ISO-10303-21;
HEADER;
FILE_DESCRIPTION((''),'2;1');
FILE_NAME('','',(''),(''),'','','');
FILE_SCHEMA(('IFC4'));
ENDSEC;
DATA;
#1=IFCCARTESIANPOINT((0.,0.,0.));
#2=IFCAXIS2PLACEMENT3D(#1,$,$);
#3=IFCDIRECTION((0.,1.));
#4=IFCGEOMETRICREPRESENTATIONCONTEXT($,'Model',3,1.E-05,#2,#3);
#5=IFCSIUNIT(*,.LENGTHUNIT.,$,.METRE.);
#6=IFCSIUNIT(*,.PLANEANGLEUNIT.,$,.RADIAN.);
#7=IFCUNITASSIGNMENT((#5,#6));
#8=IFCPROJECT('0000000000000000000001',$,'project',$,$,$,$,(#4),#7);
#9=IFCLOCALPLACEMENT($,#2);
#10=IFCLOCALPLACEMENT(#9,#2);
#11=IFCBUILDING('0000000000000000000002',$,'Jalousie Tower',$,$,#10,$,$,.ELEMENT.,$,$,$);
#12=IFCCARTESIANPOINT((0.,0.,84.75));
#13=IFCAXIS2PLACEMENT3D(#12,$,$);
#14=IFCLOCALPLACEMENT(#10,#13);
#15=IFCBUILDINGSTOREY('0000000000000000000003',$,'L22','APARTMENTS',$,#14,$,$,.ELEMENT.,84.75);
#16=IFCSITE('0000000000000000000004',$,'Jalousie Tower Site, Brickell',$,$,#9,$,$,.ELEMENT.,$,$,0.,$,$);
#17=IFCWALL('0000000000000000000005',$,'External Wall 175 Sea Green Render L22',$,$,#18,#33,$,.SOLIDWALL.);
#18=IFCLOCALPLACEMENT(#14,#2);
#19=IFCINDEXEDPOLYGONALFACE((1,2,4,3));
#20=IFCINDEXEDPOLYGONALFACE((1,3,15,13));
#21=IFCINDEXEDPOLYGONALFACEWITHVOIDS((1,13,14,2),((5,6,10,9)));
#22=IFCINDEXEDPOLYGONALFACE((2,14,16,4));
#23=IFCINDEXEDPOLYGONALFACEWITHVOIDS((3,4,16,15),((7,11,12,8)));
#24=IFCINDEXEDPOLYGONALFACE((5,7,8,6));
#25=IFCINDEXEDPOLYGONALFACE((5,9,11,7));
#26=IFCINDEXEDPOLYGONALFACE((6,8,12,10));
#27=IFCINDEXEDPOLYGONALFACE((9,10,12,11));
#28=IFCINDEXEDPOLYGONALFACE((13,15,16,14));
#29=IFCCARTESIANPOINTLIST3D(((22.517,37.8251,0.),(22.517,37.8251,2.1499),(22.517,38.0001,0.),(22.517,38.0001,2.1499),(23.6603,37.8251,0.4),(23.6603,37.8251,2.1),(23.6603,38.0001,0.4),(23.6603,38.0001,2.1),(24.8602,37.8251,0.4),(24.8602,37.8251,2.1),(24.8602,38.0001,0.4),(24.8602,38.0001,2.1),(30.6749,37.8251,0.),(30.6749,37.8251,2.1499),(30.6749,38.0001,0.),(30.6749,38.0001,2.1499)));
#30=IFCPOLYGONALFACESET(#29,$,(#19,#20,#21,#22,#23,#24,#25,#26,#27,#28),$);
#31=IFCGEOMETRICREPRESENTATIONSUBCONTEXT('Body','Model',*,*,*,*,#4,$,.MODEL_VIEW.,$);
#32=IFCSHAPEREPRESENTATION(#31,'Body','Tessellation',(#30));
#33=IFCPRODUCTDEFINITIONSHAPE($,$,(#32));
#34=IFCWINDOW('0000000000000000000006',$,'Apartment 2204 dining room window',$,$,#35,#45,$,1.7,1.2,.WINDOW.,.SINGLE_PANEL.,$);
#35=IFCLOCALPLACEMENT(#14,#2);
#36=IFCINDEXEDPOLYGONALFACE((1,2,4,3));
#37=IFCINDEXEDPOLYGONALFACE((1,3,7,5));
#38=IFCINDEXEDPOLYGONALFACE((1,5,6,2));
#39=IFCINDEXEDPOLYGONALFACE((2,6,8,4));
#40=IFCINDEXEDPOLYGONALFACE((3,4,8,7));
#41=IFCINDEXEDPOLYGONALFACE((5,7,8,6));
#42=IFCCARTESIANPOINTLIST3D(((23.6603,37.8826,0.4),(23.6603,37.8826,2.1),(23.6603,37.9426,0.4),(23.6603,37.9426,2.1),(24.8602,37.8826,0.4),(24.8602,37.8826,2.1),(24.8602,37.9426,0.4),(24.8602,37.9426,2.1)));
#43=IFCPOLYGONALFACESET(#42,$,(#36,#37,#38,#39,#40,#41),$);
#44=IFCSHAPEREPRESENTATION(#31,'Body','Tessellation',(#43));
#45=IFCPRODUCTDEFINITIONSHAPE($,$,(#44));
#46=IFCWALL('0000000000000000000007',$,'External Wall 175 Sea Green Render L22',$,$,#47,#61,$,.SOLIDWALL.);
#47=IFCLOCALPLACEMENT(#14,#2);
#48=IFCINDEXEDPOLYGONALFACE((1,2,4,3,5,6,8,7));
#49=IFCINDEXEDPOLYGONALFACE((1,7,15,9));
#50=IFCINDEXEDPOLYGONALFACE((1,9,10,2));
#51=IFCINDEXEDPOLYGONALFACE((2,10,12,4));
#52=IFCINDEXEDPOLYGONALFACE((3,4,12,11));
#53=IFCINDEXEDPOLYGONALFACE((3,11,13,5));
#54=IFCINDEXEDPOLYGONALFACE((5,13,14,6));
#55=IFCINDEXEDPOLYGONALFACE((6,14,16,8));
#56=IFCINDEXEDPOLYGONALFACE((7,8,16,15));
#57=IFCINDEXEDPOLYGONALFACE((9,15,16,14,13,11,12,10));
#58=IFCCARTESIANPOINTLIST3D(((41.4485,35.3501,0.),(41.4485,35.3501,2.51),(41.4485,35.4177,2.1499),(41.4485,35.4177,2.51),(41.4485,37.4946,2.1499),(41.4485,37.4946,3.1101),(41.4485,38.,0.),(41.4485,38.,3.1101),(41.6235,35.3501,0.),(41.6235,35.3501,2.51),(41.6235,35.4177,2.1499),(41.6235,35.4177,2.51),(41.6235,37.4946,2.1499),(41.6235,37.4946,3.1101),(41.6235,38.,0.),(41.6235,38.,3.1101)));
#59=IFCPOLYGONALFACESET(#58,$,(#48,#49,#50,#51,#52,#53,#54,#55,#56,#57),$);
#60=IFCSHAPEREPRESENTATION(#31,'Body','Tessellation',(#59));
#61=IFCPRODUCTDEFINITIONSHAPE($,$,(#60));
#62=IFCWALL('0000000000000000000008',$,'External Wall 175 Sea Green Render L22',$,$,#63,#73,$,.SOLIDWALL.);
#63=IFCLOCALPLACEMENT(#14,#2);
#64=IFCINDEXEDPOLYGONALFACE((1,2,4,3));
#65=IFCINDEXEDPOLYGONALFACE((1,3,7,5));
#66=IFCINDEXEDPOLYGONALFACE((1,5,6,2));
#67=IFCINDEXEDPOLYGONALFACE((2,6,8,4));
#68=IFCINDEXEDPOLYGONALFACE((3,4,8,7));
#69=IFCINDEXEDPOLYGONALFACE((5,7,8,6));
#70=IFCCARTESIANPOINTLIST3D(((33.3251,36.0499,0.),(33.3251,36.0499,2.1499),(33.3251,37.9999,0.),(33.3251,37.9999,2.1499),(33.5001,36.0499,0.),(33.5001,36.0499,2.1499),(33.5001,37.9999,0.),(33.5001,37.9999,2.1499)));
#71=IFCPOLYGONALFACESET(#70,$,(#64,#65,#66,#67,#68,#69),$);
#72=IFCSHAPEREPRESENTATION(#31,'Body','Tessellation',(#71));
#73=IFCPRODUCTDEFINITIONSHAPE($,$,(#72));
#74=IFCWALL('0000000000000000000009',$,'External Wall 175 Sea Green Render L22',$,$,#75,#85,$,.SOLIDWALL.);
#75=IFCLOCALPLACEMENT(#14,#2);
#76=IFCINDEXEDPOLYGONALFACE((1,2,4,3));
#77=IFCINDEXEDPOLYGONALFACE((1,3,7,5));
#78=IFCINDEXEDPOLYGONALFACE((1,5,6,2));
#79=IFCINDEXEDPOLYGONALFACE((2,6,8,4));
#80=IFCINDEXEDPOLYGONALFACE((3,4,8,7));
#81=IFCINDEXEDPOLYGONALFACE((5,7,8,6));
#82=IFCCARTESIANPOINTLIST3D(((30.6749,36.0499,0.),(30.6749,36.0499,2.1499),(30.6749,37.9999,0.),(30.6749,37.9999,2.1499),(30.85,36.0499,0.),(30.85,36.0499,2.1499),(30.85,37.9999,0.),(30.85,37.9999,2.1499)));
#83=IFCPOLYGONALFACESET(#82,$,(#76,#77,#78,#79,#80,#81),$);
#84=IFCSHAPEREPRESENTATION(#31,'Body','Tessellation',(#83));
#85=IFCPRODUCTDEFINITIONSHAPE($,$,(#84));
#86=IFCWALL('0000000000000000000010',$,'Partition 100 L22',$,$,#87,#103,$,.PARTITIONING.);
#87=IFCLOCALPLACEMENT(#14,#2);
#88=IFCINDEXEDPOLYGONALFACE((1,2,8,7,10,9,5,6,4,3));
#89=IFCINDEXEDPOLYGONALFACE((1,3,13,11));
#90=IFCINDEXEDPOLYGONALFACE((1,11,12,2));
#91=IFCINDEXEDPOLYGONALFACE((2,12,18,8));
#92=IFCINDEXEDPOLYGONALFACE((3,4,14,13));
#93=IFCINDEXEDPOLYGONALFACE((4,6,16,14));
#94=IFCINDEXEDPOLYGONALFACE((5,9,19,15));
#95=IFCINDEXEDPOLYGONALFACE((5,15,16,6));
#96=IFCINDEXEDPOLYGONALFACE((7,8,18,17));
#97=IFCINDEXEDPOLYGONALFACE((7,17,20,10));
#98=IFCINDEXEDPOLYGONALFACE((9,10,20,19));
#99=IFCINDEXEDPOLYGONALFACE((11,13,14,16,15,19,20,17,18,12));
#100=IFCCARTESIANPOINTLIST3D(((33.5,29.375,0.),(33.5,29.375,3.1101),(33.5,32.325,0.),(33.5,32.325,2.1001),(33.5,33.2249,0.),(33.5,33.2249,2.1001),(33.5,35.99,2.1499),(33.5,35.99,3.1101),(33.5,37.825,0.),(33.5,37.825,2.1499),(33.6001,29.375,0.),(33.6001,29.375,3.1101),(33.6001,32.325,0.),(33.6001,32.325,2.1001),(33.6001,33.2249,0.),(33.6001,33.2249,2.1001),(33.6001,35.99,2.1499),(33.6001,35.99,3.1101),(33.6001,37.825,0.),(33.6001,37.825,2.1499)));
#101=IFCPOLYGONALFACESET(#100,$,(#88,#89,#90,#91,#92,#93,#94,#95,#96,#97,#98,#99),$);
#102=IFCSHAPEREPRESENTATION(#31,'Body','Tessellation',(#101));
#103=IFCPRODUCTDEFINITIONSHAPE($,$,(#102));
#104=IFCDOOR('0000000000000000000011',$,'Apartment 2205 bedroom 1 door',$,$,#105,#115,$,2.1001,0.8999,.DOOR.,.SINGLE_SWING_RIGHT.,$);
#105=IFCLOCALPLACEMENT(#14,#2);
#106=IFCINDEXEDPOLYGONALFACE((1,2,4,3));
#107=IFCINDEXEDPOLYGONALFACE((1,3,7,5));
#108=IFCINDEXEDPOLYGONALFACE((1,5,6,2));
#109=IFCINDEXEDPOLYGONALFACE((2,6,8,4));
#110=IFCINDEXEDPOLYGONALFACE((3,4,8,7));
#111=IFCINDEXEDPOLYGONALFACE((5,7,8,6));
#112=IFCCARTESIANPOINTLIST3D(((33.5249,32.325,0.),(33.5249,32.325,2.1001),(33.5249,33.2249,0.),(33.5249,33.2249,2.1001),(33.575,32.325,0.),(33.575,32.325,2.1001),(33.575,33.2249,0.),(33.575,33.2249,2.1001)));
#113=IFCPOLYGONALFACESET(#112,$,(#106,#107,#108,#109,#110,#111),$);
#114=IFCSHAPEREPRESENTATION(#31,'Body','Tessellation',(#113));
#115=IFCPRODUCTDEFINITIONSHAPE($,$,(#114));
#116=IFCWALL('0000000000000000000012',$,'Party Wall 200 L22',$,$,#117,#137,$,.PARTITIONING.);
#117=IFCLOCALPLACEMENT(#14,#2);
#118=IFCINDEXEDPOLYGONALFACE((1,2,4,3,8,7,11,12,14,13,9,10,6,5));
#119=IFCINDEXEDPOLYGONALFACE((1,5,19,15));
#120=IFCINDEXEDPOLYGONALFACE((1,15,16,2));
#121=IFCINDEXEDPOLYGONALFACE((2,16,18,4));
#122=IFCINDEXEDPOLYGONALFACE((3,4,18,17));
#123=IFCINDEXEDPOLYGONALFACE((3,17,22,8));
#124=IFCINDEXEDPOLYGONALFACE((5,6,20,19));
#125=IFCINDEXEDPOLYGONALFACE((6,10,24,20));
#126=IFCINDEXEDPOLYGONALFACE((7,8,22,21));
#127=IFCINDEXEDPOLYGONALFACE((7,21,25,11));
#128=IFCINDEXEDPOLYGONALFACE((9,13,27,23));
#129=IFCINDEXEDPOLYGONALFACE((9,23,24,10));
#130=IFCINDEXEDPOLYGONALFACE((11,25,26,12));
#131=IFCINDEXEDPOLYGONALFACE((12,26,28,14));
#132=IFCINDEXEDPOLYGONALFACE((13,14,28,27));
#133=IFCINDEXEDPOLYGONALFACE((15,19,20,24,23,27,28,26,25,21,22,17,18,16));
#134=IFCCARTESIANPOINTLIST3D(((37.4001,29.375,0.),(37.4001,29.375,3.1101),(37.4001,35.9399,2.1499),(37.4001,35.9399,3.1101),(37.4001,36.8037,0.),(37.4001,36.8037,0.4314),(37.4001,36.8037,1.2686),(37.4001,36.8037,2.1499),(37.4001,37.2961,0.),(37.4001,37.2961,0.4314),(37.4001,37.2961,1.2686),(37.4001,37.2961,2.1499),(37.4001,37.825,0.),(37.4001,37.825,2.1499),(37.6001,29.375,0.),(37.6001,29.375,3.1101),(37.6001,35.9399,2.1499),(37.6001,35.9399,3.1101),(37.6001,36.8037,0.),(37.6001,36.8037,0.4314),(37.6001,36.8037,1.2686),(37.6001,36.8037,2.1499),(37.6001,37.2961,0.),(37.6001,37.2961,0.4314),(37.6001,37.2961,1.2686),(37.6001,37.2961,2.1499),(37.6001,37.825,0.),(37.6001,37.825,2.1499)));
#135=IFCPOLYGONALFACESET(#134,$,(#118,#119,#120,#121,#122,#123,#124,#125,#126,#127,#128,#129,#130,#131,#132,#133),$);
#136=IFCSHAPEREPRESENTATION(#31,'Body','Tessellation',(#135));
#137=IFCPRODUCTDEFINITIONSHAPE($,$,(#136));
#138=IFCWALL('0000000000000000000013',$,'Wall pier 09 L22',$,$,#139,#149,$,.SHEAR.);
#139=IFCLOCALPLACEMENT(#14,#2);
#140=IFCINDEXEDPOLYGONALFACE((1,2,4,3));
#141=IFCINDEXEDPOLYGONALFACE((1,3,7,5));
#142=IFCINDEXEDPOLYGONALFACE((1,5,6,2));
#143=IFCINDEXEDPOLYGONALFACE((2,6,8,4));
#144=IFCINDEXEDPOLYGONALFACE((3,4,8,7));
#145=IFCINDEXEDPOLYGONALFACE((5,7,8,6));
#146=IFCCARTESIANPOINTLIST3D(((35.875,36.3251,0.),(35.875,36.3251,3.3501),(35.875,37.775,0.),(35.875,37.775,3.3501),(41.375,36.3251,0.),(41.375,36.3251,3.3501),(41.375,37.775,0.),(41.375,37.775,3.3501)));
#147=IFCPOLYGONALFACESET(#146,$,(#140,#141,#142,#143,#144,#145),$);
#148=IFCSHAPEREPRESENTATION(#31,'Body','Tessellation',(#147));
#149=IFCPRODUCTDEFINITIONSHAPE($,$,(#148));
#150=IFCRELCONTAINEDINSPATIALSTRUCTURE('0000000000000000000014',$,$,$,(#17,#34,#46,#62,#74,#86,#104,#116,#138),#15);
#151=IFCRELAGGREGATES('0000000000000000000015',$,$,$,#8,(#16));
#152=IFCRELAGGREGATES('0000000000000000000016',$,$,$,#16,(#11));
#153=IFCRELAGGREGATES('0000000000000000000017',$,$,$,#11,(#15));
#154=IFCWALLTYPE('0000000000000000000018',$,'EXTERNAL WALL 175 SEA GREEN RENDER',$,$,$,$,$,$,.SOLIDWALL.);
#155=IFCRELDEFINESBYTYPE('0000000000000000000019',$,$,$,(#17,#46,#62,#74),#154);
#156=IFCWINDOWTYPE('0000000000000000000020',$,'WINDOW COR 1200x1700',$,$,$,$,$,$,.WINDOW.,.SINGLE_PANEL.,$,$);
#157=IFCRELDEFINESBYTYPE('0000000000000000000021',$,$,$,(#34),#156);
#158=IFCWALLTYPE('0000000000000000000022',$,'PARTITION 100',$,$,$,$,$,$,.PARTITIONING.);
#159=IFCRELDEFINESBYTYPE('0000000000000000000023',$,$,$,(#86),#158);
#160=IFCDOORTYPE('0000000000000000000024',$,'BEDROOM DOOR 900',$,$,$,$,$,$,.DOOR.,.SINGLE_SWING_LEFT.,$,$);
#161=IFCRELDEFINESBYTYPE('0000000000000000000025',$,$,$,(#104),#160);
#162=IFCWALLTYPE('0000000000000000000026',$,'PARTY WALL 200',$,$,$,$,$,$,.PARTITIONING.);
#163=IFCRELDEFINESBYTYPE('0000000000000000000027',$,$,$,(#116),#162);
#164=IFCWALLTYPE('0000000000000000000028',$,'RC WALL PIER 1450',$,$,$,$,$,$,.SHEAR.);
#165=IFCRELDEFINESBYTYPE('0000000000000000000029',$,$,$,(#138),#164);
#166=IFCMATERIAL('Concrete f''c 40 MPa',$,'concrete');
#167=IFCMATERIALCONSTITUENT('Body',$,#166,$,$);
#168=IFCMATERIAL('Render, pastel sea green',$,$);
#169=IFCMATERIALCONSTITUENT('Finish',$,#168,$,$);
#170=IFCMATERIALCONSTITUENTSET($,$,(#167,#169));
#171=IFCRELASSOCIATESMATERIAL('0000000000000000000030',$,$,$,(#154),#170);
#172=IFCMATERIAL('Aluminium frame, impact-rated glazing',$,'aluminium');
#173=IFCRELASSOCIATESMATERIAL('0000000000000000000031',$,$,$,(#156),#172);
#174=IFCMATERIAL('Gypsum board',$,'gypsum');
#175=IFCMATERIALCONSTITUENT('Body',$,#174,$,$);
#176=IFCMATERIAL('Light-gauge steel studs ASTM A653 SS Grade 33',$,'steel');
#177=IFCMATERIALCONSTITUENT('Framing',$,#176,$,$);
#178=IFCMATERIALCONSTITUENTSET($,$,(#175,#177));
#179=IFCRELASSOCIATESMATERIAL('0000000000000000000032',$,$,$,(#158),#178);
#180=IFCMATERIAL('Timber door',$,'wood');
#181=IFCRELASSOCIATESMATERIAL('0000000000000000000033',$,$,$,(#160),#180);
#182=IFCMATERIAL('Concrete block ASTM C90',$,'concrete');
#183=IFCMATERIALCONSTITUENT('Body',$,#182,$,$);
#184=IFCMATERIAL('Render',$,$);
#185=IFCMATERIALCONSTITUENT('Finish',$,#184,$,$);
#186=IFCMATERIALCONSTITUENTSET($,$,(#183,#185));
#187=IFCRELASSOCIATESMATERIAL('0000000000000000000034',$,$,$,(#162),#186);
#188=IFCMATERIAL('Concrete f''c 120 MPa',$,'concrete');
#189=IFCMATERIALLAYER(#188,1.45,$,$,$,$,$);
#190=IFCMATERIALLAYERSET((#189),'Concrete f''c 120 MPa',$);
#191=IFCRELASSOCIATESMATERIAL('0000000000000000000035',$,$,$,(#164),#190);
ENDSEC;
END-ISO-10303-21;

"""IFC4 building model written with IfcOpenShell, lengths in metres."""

from ifc_helpers import new_model, si_unit, direction, frame, frame_2d, origin, place, context, subcontext, project, spatial, polyline, rectangle, outline, extrude, material, layer, layer_set, constituent, constituent_set, type_object, element, fill, save


model = new_model("IFC4")

# Units and contexts
model_context = context("Model", 3, precision=1e-05, world=origin(), true_north=direction((0.0, 1.0)))
body_context = subcontext(model_context, "Body", "Model", "MODEL_VIEW")
ifc_project = project(units=[si_unit("LENGTHUNIT", "METRE"), si_unit("PLANEANGLEUNIT", "RADIAN")], contexts=[model_context])

# Site, building, storey
site_placement = place(None, origin())
site = spatial("IfcSite", under=ifc_project, at=site_placement, Name="Jalousie Tower Site, Brickell", CompositionType="ELEMENT", RefElevation=0.0)
building_placement = place(site_placement, origin())
building = spatial("IfcBuilding", under=site, at=building_placement, Name="Jalousie Tower", CompositionType="ELEMENT")
storey_placement = place(building_placement, frame((0.0, 0.0, 84.75)))
storey = spatial("IfcBuildingStorey", under=building, at=storey_placement, Name="L22", Description="APARTMENTS", CompositionType="ELEMENT", Elevation=84.75)

# Shared definitions
ifc_material_1 = material(Name="Concrete f'c 40 MPa", Category="concrete")
ifc_constituent_1 = constituent(ifc_material_1, Name="Body")
ifc_material_2 = material(Name="Render, pastel sea green")
ifc_constituent_2 = constituent(ifc_material_2, Name="Finish")
ifc_constituent_set_1 = constituent_set(constituents=[ifc_constituent_1, ifc_constituent_2])
wall_type_1 = type_object("IfcWallType", Name="EXTERNAL WALL 175 SEA GREEN RENDER", PredefinedType="SOLIDWALL", material=ifc_constituent_set_1)

# Wall, opening, window
wall_1_placement = place(storey_placement, frame((30.675, 37.9126, 0.0), z_axis=(0.0, 0.0, 1.0), x_axis=(-1.0, 0.0, 0.0)))
wall_1 = element("IfcWall", 1, at=wall_1_placement, inside=storey, type_object=wall_type_1, Name="External Wall 175 Sea Green Render L22", PredefinedType="SOLIDWALL", context=body_context, shape_type="SweptSolid", body=[
    extrude(rectangle(XDim=8.158, YDim=0.175, at=frame_2d((4.0791, 0.0))), origin(), (0.0, 0.0, 1.0), 2.1499),
])
opening_1_placement = place(wall_1_placement, frame((5.8147, 0.0, 0.3999)))
opening_1 = element("IfcOpeningElement", 2, at=opening_1_placement, cuts=wall_1, PredefinedType="OPENING", context=body_context, shape_type="SweptSolid", body=[
    extrude(rectangle(XDim=1.2, YDim=1.7, at=frame_2d((0.6001, 0.8501))), frame((0.0, 0.0974, 0.0), z_axis=(0.0, -1.0, 0.0), x_axis=(1.0, 0.0, 0.0)), (0.0, 0.0, 1.0), 0.1951),
])
ifc_material_3 = material(Name="Aluminium frame, impact-rated glazing", Category="aluminium")
window_type_1 = type_object("IfcWindowType", Name="WINDOW COR 1200x1700", PartitioningType="SINGLE_PANEL", PredefinedType="WINDOW", material=ifc_material_3)
window_1_placement = place(opening_1_placement, origin())
window_1 = element("IfcWindow", 3, at=window_1_placement, inside=storey, type_object=window_type_1, Name="Apartment 2204 dining room window", OverallHeight=1.7, OverallWidth=1.2, PartitioningType="SINGLE_PANEL", PredefinedType="WINDOW", context=body_context, shape_type="SweptSolid", body=[
    extrude(rectangle(XDim=1.2, YDim=1.7, at=frame_2d((0.6001, 0.8501))), frame((0.0, 0.03, 0.0), z_axis=(0.0, -1.0, 0.0), x_axis=(1.0, 0.0, 0.0)), (0.0, 0.0, 1.0), 0.0601),
])
fill(opening_1, window_1)

# Walls
wall_2_placement = place(storey_placement, frame((41.5361, 38.0, 0.0), z_axis=(0.0, 0.0, 1.0), x_axis=(0.0, -1.0, 0.0)))
element("IfcWall", 4, at=wall_2_placement, inside=storey, type_object=wall_type_1, Name="External Wall 175 Sea Green Render L22", PredefinedType="SOLIDWALL", context=body_context, shape_type="SweptSolid", body=[
    extrude(outline(polyline([(0.0, 0.0), (2.6499, 0.0), (2.6499, 2.51), (2.5823, 2.51), (2.5823, 2.1499), (0.5054, 2.1499), (0.5054, 3.1101), (0.0, 3.1101), (0.0, 0.0)])), frame((0.0, 0.0874, 0.0), z_axis=(0.0, -1.0, 0.0), x_axis=(1.0, 0.0, 0.0)), (0.0, 0.0, 1.0), 0.175),
])
for number, where, z_axis, x_axis, name in (
    (5, (33.4126, 38.0, 0.0), (0.0, 0.0, 1.0), (0.0, -1.0, 0.0), "External Wall 175 Sea Green Render L22"),
    (6, (30.7625, 38.0, 0.0), (0.0, 0.0, 1.0), (0.0, -1.0, 0.0), "External Wall 175 Sea Green Render L22"),
):
    element("IfcWall", number, at=place(storey_placement, frame(where, z_axis=z_axis, x_axis=x_axis)), inside=storey, type_object=wall_type_1, Name=name, PredefinedType="SOLIDWALL", context=body_context, shape_type="SweptSolid", body=[
        extrude(rectangle(XDim=1.95, YDim=0.175, at=frame_2d((0.9751, 0.0))), origin(), (0.0, 0.0, 1.0), 2.1499),
    ])

# Wall, opening, door
ifc_material_4 = material(Name="Gypsum board", Category="gypsum")
ifc_constituent_3 = constituent(ifc_material_4, Name="Body")
ifc_material_5 = material(Name="Light-gauge steel studs ASTM A653 SS Grade 33", Category="steel")
ifc_constituent_4 = constituent(ifc_material_5, Name="Framing")
ifc_constituent_set_2 = constituent_set(constituents=[ifc_constituent_3, ifc_constituent_4])
wall_type_2 = type_object("IfcWallType", Name="PARTITION 100", PredefinedType="PARTITIONING", material=ifc_constituent_set_2)
wall_3_placement = place(storey_placement, frame((33.55, 37.825, 0.0), z_axis=(0.0, 0.0, 1.0), x_axis=(0.0, -1.0, 0.0)))
wall_3 = element("IfcWall", 7, at=wall_3_placement, inside=storey, type_object=wall_type_2, Name="Partition 100 L22", PredefinedType="PARTITIONING", context=body_context, shape_type="SweptSolid", body=[
    extrude(outline(polyline([(0.0, 0.0), (8.45, 0.0), (8.45, 3.1101), (1.835, 3.1101), (1.835, 2.1499), (0.0, 2.1499), (0.0, 3.1101), (0.0, 0.0)])), frame((0.0, 0.05, 0.0), z_axis=(0.0, -1.0, 0.0), x_axis=(1.0, 0.0, 0.0)), (0.0, 0.0, 1.0), 0.1001),
])
opening_2_placement = place(wall_3_placement, frame((4.6001, 0.0, 0.0)))
opening_2 = element("IfcOpeningElement", 8, at=opening_2_placement, cuts=wall_3, PredefinedType="OPENING", context=body_context, shape_type="SweptSolid", body=[
    extrude(rectangle(XDim=0.8999, YDim=2.1001, at=frame_2d((0.45, 1.05))), frame((0.0, 0.0601, 0.0), z_axis=(0.0, -1.0, 0.0), x_axis=(1.0, 0.0, 0.0)), (0.0, 0.0, 1.0), 0.1201),
])
ifc_material_6 = material(Name="Timber door", Category="wood")
door_type = type_object("IfcDoorType", Name="BEDROOM DOOR 900", OperationType="SINGLE_SWING_LEFT", PredefinedType="DOOR", material=ifc_material_6)
door_placement = place(opening_2_placement, origin())
door = element("IfcDoor", 9, at=door_placement, inside=storey, type_object=door_type, Name="Apartment 2205 bedroom 1 door", OperationType="SINGLE_SWING_RIGHT", OverallHeight=2.1001, OverallWidth=0.8999, PredefinedType="DOOR", context=body_context, shape_type="SweptSolid", body=[
    extrude(rectangle(XDim=0.8999, YDim=2.1001, at=frame_2d((0.45, 1.05))), frame((0.0, 0.0249, 0.0), z_axis=(0.0, -1.0, 0.0), x_axis=(1.0, 0.0, 0.0)), (0.0, 0.0, 1.0), 0.05),
])
fill(opening_2, door)

# Walls
ifc_material_7 = material(Name="Concrete block ASTM C90", Category="concrete")
ifc_constituent_5 = constituent(ifc_material_7, Name="Body")
ifc_material_8 = material(Name="Render")
ifc_constituent_6 = constituent(ifc_material_8, Name="Finish")
ifc_constituent_set_3 = constituent_set(constituents=[ifc_constituent_5, ifc_constituent_6])
wall_type_3 = type_object("IfcWallType", Name="PARTY WALL 200", PredefinedType="PARTITIONING", material=ifc_constituent_set_3)
wall_4_placement = place(storey_placement, frame((37.5, 37.825, 0.0), z_axis=(0.0, 0.0, 1.0), x_axis=(0.0, -1.0, 0.0)))
element("IfcWall", 10, at=wall_4_placement, inside=storey, type_object=wall_type_3, Name="Party Wall 200 L22", PredefinedType="PARTITIONING", context=body_context, shape_type="SweptSolid", body=[
    extrude(outline(polyline([(0.5288, 2.1499), (0.0, 2.1499), (0.0, 0.0), (0.5288, 0.0), (0.5288, 0.4314), (1.0212, 0.4314), (1.0212, 0.0), (8.45, 0.0), (8.45, 3.1101), (1.885, 3.1101), (1.885, 2.1499), (1.0212, 2.1499), (1.0212, 1.2686), (0.5288, 1.2686), (0.5288, 2.1499)])), frame((0.0, 0.1001, 0.0), z_axis=(0.0, -1.0, 0.0), x_axis=(1.0, 0.0, 0.0)), (0.0, 0.0, 1.0), 0.2),
])
ifc_material_9 = material(Name="Concrete f'c 120 MPa", Category="concrete")
ifc_layer_1 = layer(ifc_material_9, 1.45)
ifc_layer_set_1 = layer_set([ifc_layer_1], Name="Concrete f'c 120 MPa")
wall_type_4 = type_object("IfcWallType", Name="RC WALL PIER 1450", PredefinedType="SHEAR", material=ifc_layer_set_1)
wall_5_placement = place(storey_placement, frame((35.875, 37.05, 0.0), z_axis=(0.0, 0.0, 1.0), x_axis=(1.0, 0.0, 0.0)))
element("IfcWall", 11, at=wall_5_placement, inside=storey, type_object=wall_type_4, Name="Wall pier 09 L22", PredefinedType="SHEAR", context=body_context, shape_type="SweptSolid", body=[
    extrude(rectangle(XDim=5.5, YDim=1.45, at=frame_2d((2.75, 0.0))), origin(), (0.0, 0.0, 1.0), 3.3501),
])

save(model, "model.ifc")
